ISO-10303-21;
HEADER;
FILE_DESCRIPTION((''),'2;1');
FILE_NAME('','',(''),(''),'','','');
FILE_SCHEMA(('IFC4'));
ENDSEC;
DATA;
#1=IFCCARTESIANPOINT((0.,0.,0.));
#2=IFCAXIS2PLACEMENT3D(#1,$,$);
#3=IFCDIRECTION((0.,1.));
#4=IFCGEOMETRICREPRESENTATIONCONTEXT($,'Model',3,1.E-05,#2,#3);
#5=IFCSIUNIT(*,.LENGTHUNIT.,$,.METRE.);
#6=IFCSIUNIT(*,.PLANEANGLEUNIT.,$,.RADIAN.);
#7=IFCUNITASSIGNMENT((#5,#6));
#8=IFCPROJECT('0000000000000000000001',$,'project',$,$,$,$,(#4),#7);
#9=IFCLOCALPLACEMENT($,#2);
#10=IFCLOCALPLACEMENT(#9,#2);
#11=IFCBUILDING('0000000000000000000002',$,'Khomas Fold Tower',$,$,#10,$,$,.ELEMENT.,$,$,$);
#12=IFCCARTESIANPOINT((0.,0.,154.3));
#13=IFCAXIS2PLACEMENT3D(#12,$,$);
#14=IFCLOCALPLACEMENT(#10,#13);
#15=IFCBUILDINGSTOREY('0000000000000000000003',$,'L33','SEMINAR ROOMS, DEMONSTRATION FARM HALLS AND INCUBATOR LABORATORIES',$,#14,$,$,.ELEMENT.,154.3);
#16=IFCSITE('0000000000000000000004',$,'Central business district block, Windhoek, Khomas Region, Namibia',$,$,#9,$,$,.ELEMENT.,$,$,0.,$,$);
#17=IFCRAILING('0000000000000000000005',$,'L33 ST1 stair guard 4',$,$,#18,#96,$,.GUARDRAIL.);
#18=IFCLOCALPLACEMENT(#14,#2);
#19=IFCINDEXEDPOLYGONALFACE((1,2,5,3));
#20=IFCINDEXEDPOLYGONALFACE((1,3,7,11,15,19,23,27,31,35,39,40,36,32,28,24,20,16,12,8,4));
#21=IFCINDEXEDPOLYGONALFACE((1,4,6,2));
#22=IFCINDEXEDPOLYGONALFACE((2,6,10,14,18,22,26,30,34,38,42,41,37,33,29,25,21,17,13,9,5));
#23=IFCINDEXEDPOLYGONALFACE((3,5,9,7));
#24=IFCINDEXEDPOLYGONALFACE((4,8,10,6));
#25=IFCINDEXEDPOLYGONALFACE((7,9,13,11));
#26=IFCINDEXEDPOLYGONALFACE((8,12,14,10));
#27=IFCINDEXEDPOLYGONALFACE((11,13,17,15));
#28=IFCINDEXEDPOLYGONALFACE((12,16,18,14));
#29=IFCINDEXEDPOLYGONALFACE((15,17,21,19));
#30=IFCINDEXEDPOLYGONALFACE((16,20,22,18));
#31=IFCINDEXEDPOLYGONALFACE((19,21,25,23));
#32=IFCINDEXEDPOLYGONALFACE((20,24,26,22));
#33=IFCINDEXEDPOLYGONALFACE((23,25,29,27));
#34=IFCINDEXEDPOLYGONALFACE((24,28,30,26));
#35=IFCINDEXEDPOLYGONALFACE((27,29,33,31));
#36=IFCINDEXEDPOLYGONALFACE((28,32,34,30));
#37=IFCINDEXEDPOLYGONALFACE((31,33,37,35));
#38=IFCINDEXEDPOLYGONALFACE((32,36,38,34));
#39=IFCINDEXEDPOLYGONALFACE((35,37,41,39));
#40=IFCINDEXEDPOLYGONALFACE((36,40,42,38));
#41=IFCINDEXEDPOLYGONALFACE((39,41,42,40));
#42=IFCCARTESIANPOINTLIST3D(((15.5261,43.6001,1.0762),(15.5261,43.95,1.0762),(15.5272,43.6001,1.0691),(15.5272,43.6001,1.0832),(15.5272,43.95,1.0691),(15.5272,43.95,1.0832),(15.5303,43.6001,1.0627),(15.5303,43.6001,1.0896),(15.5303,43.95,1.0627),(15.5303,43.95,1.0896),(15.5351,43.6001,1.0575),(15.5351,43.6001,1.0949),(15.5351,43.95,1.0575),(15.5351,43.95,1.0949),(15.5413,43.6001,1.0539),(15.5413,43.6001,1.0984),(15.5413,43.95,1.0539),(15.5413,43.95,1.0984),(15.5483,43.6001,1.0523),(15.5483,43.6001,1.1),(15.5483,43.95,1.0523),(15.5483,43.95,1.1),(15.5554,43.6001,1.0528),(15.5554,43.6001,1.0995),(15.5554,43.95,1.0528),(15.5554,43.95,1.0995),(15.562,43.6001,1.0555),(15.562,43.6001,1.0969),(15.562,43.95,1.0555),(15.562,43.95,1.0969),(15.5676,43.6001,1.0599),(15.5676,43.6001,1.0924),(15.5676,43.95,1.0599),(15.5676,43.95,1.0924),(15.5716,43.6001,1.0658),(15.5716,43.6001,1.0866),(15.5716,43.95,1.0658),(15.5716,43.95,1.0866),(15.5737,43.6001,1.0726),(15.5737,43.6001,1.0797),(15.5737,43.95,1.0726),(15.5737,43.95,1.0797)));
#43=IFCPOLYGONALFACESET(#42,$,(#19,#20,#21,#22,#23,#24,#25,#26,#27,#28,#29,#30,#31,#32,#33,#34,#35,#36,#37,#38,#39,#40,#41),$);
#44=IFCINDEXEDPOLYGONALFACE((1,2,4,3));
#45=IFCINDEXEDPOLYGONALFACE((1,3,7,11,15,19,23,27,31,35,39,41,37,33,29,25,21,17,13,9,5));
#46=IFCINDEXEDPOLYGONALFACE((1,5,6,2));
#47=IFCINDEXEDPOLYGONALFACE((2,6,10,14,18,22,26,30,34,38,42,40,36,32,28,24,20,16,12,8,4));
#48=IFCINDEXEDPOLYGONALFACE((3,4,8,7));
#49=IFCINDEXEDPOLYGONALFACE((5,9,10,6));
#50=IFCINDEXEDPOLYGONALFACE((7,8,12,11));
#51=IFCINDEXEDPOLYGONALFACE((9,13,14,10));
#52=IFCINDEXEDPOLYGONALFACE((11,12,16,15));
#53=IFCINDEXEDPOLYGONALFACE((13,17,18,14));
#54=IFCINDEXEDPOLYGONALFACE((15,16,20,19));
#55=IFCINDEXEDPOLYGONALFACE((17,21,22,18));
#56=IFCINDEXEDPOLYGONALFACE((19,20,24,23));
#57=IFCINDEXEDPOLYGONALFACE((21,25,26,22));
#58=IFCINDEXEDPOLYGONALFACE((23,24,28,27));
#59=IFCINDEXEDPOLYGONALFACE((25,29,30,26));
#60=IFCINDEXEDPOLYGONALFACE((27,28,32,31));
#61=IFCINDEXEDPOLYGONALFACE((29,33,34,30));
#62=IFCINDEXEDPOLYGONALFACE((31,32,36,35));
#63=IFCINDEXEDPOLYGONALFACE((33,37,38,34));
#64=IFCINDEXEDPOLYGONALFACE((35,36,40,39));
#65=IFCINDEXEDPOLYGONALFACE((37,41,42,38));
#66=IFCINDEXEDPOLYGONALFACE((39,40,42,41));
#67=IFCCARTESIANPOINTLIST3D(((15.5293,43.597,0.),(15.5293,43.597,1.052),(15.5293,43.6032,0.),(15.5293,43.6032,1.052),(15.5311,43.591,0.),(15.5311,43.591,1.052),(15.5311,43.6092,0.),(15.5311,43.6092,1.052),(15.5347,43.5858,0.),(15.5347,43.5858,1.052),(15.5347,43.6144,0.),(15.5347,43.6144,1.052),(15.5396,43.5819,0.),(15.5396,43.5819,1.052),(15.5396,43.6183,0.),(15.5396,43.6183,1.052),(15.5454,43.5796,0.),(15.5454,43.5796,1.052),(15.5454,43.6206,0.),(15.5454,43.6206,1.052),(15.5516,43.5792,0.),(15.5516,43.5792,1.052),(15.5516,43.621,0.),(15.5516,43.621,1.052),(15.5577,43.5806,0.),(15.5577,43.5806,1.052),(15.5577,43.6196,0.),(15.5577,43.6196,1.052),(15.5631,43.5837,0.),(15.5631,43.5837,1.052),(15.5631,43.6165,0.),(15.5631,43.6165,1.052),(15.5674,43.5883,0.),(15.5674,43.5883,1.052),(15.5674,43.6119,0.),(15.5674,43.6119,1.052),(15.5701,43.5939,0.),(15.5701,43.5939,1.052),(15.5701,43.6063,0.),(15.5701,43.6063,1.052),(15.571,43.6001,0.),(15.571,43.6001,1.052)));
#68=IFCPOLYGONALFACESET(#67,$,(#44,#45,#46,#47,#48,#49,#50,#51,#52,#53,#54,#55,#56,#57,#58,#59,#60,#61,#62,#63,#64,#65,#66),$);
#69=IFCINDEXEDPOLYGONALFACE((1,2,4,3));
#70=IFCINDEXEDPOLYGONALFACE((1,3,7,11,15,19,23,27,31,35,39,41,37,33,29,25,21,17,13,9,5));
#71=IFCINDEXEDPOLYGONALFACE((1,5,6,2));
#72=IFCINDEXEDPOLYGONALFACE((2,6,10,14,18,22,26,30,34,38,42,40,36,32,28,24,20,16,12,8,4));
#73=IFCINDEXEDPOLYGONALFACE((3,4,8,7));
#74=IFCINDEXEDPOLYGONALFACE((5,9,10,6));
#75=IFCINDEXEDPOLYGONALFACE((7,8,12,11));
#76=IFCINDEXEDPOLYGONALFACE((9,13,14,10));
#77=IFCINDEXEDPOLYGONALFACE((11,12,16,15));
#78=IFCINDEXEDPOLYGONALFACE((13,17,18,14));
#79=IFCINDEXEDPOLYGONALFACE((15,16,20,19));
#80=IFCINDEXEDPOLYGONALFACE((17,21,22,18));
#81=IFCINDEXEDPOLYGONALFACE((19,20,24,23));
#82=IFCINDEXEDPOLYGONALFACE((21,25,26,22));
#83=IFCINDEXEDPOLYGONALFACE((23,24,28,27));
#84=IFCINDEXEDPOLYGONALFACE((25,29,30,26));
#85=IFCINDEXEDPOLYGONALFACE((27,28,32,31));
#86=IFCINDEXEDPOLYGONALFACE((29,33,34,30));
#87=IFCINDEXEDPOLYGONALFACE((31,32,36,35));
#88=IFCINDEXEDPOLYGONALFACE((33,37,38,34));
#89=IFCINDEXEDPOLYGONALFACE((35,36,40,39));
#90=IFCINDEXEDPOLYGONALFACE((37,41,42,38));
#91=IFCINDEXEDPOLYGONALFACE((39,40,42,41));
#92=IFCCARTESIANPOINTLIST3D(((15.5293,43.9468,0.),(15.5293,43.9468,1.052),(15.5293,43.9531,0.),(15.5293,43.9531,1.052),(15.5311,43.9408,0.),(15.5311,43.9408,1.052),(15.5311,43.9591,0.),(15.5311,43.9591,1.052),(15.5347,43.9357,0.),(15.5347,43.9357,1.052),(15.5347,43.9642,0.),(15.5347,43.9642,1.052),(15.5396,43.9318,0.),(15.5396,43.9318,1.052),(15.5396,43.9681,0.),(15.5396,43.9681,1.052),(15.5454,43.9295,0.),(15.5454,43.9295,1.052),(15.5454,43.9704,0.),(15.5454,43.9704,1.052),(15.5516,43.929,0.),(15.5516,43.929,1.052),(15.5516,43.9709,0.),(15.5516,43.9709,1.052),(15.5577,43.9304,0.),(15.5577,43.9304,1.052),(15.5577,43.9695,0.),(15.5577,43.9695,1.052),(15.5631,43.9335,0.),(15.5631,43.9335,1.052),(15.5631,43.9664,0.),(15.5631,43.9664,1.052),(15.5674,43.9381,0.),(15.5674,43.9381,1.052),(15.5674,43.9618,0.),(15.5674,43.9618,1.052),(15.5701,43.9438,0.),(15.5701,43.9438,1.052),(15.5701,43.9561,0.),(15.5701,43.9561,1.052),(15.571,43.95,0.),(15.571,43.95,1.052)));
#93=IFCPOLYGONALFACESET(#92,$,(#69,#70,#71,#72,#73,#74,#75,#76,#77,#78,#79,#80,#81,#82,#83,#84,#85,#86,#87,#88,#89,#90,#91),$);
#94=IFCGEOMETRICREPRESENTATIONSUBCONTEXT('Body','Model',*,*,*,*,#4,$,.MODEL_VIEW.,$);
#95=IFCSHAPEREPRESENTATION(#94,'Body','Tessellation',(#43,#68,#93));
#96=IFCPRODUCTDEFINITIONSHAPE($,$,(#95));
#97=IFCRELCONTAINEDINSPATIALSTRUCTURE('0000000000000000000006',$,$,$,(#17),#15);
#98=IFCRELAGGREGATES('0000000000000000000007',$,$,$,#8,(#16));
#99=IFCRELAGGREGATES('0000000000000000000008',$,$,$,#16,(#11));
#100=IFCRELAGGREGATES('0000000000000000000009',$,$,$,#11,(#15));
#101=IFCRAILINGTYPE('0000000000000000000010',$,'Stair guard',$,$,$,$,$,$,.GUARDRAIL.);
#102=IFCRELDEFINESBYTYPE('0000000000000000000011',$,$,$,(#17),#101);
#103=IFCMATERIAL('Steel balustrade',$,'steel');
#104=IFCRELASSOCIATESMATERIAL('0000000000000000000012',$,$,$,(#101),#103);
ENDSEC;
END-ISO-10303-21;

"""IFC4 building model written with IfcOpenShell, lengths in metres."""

from ifc_helpers import new_model, si_unit, direction, frame, origin, origin_2d, place, context, subcontext, project, spatial, circle, extrude, source, transform, mapped, material, type_object, element, save


model = new_model("IFC4")

# Units and contexts
model_context = context("Model", 3, precision=1e-05, world=origin(), true_north=direction((0.0, 1.0)))
body_context = subcontext(model_context, "Body", "Model", "MODEL_VIEW")
ifc_project = project(units=[si_unit("LENGTHUNIT", "METRE"), si_unit("PLANEANGLEUNIT", "RADIAN")], contexts=[model_context])

# Site, building, storey
site_placement = place(None, origin())
site = spatial("IfcSite", under=ifc_project, at=site_placement, Name="Central business district block, Windhoek, Khomas Region, Namibia", CompositionType="ELEMENT", RefElevation=0.0)
building_placement = place(site_placement, origin())
building = spatial("IfcBuilding", under=site, at=building_placement, Name="Khomas Fold Tower", CompositionType="ELEMENT")
storey_placement = place(building_placement, frame((0.0, 0.0, 154.3)))
storey = spatial("IfcBuildingStorey", under=building, at=storey_placement, Name="L33", Description="SEMINAR ROOMS, DEMONSTRATION FARM HALLS AND INCUBATOR LABORATORIES", CompositionType="ELEMENT", Elevation=154.3)

# Railing
ifc_material_1 = material(Name="Steel balustrade", Category="steel")
railing_type_1 = type_object("IfcRailingType", Name="Stair guard", PredefinedType="GUARDRAIL", material=ifc_material_1)
shared_shape_1 = source(origin(), body_context, "Body", "SweptSolid", [
    extrude(circle(Radius=0.0239, at=origin_2d()), frame((0.0, 0.0, 1.0762), z_axis=(0.0, 1.0, 0.0), x_axis=(-1.0, 0.0, 0.0)), (0.0, 0.0, 1.0), 0.3499),
    extrude(circle(Radius=0.021, at=origin_2d()), origin(), (0.0, 0.0, 1.0), 1.052),
    extrude(circle(Radius=0.021, at=origin_2d()), frame((0.0, 0.3499, 0.0)), (0.0, 0.0, 1.0), 1.052),
])
for number, where, name in (
    (1, (15.55, 43.6001, 0.0), "L33 ST1 stair guard 4"),
):
    element("IfcRailing", number, at=place(storey_placement, frame(where)), inside=storey, type_object=railing_type_1, Name=name, PredefinedType="GUARDRAIL", context=body_context, shape_type="MappedRepresentation", body=[
        mapped(shared_shape_1, transform((0.0, 0.0, 0.0))),
    ])

save(model, "model.ifc")
